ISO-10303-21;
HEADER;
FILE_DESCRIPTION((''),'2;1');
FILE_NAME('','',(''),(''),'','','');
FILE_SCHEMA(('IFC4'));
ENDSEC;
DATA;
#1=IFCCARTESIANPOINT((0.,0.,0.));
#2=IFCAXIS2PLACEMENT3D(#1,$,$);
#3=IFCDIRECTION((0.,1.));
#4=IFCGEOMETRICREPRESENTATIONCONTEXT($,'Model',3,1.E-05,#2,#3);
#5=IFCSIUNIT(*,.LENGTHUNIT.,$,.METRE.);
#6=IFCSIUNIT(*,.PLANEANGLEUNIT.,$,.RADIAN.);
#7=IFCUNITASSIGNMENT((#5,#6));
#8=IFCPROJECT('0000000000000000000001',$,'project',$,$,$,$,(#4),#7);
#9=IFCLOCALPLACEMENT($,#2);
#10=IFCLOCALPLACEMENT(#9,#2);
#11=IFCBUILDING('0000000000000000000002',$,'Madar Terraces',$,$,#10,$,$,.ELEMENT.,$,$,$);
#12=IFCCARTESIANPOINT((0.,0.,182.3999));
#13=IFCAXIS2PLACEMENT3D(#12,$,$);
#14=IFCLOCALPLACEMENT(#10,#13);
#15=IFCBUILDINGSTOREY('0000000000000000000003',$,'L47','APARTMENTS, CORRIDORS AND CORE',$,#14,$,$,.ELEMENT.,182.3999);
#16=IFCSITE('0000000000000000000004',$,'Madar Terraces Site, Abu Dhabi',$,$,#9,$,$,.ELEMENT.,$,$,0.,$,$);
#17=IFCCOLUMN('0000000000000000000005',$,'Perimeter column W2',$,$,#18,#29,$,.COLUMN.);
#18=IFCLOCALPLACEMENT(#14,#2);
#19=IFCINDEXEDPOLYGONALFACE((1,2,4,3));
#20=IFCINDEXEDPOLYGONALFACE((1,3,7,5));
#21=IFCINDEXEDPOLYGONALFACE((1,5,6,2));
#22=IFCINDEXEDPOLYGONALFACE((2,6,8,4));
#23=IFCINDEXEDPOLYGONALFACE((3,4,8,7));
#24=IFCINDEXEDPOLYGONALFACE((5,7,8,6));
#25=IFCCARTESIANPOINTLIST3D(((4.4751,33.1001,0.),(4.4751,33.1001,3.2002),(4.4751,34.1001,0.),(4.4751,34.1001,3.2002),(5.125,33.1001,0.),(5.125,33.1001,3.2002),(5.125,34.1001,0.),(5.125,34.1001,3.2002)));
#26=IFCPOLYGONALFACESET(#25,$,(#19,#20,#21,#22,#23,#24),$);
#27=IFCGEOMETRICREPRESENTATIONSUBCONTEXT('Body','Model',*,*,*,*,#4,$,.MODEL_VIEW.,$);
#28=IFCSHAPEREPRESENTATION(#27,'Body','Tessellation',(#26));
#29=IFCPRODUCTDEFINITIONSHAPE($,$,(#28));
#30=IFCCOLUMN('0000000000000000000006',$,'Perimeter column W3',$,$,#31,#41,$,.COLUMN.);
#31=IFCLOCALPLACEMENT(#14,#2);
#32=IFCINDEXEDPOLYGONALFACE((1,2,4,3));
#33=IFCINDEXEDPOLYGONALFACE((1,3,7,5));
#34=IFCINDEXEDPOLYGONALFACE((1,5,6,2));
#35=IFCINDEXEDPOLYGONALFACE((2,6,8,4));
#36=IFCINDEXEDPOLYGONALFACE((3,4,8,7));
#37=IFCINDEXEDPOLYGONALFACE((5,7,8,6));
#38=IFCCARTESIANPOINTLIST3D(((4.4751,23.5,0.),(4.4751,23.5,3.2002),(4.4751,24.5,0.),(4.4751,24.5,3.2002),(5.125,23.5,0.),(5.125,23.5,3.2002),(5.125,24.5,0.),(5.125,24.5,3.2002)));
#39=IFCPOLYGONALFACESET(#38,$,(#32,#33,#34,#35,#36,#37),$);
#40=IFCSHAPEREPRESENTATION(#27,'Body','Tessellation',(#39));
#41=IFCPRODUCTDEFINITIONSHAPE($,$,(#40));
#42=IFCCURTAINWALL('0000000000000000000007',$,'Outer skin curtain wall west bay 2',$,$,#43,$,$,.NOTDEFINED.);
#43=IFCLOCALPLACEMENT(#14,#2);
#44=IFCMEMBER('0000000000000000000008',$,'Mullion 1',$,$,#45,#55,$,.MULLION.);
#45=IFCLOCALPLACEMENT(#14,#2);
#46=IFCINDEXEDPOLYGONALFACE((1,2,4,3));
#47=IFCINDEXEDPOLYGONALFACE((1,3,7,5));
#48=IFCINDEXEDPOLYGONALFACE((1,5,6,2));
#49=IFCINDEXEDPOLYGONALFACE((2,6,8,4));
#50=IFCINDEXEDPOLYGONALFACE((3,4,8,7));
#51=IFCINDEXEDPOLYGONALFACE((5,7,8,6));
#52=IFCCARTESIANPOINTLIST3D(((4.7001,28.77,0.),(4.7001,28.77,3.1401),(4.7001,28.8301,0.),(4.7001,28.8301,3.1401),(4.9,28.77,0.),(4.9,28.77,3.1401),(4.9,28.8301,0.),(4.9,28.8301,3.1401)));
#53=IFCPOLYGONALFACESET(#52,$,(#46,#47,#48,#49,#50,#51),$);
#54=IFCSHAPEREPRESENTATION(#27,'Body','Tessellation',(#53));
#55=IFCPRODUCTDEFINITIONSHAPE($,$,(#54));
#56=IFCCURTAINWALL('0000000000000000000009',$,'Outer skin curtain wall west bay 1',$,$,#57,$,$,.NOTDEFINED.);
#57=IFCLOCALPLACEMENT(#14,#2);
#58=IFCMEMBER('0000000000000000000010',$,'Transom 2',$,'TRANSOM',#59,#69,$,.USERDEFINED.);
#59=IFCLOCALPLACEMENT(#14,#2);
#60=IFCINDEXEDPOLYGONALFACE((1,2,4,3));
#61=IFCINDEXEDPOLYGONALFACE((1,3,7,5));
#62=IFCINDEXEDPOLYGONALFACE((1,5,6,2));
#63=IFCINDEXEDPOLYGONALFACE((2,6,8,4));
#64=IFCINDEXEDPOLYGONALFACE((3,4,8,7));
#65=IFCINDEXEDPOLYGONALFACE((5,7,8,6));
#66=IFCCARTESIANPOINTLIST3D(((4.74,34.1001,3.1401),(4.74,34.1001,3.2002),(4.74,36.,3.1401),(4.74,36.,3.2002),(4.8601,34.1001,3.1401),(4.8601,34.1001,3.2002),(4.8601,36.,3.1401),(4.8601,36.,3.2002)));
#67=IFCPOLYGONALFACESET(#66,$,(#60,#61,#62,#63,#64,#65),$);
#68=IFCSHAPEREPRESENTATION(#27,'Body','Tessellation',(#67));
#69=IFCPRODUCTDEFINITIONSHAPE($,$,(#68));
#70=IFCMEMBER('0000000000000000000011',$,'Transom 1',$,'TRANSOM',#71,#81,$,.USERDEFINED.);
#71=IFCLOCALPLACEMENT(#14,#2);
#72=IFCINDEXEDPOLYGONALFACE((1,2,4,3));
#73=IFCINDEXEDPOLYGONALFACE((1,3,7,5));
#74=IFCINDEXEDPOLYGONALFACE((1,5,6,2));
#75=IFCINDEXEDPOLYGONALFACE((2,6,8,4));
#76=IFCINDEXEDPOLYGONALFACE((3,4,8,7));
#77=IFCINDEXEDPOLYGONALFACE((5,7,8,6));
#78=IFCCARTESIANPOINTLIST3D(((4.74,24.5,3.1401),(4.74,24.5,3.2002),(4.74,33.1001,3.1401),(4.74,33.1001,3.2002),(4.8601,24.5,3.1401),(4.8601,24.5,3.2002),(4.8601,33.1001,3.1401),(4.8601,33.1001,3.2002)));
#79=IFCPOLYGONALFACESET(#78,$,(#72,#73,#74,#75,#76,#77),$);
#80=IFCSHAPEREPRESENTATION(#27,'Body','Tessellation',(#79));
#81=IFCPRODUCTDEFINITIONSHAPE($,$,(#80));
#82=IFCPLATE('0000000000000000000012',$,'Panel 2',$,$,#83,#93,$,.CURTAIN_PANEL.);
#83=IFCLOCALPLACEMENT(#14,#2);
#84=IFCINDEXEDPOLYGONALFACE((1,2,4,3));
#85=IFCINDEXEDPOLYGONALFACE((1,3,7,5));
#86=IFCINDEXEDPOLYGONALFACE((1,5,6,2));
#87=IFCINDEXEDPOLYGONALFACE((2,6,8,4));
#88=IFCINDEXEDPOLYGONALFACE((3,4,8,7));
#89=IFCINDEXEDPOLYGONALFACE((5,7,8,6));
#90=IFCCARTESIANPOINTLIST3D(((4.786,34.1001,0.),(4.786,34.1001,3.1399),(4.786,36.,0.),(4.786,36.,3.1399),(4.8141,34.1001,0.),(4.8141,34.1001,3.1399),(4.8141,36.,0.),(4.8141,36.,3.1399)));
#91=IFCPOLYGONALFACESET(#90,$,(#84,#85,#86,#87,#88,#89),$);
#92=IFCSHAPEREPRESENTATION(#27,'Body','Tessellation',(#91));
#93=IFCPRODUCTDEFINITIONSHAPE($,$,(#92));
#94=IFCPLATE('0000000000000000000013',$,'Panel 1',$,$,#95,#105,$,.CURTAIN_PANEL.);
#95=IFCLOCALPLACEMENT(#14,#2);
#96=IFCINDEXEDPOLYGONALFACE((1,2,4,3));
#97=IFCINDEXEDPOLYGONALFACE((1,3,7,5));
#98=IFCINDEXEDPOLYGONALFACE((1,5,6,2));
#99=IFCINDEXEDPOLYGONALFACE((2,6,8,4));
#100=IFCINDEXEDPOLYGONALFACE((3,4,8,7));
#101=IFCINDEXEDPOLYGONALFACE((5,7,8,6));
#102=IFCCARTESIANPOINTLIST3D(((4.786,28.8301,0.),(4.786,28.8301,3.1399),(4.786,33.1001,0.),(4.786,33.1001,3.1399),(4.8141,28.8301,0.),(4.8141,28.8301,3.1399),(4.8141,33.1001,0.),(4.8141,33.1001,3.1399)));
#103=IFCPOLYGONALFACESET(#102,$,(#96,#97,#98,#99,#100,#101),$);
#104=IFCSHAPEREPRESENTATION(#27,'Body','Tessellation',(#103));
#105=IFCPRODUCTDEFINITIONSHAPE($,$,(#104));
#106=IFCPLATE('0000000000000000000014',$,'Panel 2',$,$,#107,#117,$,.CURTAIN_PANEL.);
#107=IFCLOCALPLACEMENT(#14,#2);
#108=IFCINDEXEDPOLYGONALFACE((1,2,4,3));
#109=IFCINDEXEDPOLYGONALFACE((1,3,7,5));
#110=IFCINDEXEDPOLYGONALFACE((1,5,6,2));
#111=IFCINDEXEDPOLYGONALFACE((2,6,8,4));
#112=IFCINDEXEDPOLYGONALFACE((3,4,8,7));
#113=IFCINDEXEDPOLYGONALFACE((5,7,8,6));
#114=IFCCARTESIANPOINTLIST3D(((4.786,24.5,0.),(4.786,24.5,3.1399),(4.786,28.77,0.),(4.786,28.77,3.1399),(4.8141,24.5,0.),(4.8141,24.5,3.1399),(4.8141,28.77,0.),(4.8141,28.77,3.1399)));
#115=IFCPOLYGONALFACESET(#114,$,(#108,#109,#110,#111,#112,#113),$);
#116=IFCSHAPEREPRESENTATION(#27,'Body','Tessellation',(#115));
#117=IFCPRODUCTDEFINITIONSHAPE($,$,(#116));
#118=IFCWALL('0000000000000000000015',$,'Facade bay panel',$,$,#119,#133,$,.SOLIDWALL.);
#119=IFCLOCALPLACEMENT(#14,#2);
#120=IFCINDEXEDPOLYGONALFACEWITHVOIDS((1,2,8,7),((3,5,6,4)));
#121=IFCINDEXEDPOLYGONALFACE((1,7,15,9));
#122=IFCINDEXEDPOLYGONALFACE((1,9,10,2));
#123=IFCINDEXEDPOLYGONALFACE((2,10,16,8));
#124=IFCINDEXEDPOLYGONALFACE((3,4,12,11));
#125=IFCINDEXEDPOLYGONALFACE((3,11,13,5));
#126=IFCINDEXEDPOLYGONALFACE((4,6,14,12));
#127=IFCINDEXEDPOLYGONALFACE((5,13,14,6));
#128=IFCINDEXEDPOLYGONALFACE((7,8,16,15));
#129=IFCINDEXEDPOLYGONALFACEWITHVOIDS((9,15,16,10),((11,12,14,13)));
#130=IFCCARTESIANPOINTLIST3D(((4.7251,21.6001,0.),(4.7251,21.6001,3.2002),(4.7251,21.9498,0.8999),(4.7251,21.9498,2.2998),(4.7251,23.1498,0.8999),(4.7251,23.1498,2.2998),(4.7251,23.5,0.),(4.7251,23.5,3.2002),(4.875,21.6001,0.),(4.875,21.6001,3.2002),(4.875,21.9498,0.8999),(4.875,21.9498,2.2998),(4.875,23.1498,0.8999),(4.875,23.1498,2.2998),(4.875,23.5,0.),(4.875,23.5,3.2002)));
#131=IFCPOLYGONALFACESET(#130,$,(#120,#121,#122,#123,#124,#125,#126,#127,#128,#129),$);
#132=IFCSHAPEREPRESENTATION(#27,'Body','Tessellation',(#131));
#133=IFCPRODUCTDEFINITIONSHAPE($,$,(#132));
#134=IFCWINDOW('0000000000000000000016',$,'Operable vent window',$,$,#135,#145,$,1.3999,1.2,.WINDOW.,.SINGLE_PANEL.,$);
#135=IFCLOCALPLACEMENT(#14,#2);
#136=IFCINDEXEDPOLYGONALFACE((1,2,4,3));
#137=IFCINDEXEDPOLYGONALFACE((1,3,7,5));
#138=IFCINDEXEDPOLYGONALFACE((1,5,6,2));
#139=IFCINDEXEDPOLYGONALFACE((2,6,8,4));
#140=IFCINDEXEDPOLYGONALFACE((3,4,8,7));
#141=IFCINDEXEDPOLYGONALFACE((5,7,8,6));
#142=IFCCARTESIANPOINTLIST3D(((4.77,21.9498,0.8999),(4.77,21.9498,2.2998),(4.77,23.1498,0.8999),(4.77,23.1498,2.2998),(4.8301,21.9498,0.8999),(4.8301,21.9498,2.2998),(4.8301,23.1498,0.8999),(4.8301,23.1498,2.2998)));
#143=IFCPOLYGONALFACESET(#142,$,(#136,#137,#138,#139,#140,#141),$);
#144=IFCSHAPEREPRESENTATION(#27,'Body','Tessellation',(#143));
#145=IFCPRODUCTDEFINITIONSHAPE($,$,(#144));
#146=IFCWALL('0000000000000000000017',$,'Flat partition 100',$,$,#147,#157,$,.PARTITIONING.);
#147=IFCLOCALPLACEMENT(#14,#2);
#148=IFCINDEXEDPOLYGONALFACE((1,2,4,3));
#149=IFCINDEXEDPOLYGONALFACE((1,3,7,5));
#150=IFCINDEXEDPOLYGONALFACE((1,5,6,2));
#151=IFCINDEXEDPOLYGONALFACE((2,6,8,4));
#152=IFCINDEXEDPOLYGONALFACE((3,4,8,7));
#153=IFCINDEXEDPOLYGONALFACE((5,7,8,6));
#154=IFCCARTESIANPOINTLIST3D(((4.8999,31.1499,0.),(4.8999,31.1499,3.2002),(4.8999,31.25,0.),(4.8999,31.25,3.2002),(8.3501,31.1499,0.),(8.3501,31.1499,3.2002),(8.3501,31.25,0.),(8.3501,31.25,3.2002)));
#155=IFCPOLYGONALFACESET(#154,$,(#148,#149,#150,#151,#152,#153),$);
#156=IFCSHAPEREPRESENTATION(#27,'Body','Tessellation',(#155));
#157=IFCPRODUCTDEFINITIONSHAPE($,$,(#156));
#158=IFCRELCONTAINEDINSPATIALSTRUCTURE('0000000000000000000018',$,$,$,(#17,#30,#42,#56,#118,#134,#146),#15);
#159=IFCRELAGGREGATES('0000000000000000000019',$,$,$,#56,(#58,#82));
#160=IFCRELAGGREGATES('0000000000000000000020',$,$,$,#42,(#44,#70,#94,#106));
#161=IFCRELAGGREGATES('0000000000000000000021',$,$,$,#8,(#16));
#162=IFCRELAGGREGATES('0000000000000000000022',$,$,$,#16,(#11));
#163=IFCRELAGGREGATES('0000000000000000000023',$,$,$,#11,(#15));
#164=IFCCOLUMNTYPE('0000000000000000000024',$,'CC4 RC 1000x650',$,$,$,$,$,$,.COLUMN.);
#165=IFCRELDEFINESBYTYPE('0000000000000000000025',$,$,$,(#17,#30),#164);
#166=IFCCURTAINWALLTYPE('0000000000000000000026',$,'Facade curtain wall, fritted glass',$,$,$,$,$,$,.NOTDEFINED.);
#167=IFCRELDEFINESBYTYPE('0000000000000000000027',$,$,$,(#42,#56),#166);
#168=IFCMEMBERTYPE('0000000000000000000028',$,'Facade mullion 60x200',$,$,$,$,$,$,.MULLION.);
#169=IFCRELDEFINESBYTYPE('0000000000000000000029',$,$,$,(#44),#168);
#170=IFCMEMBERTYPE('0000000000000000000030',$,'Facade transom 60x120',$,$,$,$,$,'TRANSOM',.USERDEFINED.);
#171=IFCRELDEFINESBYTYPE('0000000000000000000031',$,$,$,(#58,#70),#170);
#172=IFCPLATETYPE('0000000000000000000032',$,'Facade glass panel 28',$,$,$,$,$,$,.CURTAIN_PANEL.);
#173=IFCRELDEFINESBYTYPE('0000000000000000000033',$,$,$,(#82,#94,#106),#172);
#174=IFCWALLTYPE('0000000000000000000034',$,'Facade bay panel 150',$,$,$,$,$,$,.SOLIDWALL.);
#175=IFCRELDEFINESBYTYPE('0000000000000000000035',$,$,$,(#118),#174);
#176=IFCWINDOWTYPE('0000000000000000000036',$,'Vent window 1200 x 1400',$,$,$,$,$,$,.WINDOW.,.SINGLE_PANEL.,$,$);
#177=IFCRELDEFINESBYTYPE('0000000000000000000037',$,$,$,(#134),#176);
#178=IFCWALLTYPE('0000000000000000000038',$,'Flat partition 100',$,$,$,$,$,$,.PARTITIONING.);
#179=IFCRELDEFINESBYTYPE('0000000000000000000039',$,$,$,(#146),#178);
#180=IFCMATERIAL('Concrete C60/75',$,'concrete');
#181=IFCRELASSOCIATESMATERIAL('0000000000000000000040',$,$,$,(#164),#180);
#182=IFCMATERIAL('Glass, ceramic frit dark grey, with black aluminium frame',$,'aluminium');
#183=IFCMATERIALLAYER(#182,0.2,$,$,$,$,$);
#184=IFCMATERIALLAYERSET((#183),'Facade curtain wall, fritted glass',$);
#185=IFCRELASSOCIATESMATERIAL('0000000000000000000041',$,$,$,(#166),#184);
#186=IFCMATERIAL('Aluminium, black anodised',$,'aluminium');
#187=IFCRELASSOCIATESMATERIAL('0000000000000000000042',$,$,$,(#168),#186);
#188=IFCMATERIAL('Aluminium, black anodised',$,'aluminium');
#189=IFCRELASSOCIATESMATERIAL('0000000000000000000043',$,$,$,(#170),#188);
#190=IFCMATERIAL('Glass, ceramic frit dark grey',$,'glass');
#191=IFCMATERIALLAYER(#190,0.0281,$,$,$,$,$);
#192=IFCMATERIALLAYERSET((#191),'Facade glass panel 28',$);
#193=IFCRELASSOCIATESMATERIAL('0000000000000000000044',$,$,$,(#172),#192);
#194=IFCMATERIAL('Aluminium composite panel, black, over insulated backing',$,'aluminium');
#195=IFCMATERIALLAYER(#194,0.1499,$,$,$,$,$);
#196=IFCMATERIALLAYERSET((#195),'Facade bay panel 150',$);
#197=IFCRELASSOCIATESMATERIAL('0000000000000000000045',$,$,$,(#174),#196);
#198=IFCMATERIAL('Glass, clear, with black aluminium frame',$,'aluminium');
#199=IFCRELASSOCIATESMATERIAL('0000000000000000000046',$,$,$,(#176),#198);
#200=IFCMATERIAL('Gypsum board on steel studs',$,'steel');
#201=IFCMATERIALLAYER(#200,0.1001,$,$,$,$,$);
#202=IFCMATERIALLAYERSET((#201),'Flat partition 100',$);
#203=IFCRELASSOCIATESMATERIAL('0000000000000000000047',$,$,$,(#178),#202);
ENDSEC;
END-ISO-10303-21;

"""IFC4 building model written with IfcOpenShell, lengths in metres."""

from ifc_helpers import new_model, si_unit, direction, frame, frame_2d, origin, origin_2d, place, context, subcontext, project, spatial, rectangle, extrude, material, layer, layer_set, material_profile, profile_set, type_object, element, fill, aggregate, save


model = new_model("IFC4")

# Units and contexts
model_context = context("Model", 3, precision=1e-05, world=origin(), true_north=direction((0.0, 1.0)))
body_context = subcontext(model_context, "Body", "Model", "MODEL_VIEW")
ifc_project = project(units=[si_unit("LENGTHUNIT", "METRE"), si_unit("PLANEANGLEUNIT", "RADIAN")], contexts=[model_context])

# Site, building, storey
site_placement = place(None, origin())
site = spatial("IfcSite", under=ifc_project, at=site_placement, Name="Madar Terraces Site, Abu Dhabi", CompositionType="ELEMENT", RefElevation=0.0)
building_placement = place(site_placement, origin())
building = spatial("IfcBuilding", under=site, at=building_placement, Name="Madar Terraces", CompositionType="ELEMENT")
storey_placement = place(building_placement, frame((0.0, 0.0, 182.3999)))
storey = spatial("IfcBuildingStorey", under=building, at=storey_placement, Name="L47", Description="APARTMENTS, CORRIDORS AND CORE", CompositionType="ELEMENT", Elevation=182.3999)

# Columns
ifc_material_1 = material(Name="Concrete C60/75", Category="concrete")
ifc_material_profile_1 = material_profile(ifc_material_1, rectangle(XDim=1.0, YDim=0.6499, at=origin_2d()), Name="CC4 RC 1000x650")
ifc_profile_set_1 = profile_set([ifc_material_profile_1], Name="Concrete C60/75")
column_type = type_object("IfcColumnType", Name="CC4 RC 1000x650", PredefinedType="COLUMN", material=ifc_profile_set_1)
for number, where, z_axis, x_axis, name in (
    (1, (4.8, 33.6001, 0.0), (0.0, 0.0, 1.0), (0.0, 1.0, 0.0), "Perimeter column W2"),
    (2, (4.8, 24.0, 0.0), (0.0, 0.0, 1.0), (0.0, 1.0, 0.0), "Perimeter column W3"),
):
    element("IfcColumn", number, at=place(storey_placement, frame(where, z_axis=z_axis, x_axis=x_axis)), inside=storey, type_object=column_type, Name=name, PredefinedType="COLUMN", context=body_context, shape_type="SweptSolid", body=[
        extrude(rectangle(XDim=1.0, YDim=0.6499, at=origin_2d()), origin(), (0.0, 0.0, 1.0), 3.2002),
    ])

# Curtain walls, members
ifc_material_2 = material(Name="Glass, ceramic frit dark grey, with black aluminium frame", Category="aluminium")
ifc_layer_1 = layer(ifc_material_2, 0.2)
ifc_layer_set_1 = layer_set([ifc_layer_1], Name="Facade curtain wall, fritted glass")
curtain_wall_type = type_object("IfcCurtainWallType", Name="Facade curtain wall, fritted glass", PredefinedType="NOTDEFINED", material=ifc_layer_set_1)
curtain_wall_1_placement = place(storey_placement, origin())
curtain_wall_1 = element("IfcCurtainWall", 3, at=curtain_wall_1_placement, inside=storey, type_object=curtain_wall_type, Name="Outer skin curtain wall west bay 2", PredefinedType="NOTDEFINED")
ifc_material_3 = material(Name="Aluminium, black anodised", Category="aluminium")
ifc_material_profile_2 = material_profile(ifc_material_3, rectangle(XDim=0.2, YDim=0.0601, at=origin_2d()), Name="Facade mullion 60x200")
ifc_profile_set_2 = profile_set([ifc_material_profile_2], Name="Aluminium, black anodised")
member_type_1 = type_object("IfcMemberType", Name="Facade mullion 60x200", PredefinedType="MULLION", material=ifc_profile_set_2)
member_1_placement = place(storey_placement, frame((4.8, 28.8, 0.0), z_axis=(0.0, 0.0, 1.0), x_axis=(1.0, 0.0, 0.0)))
member_1 = element("IfcMember", 4, at=member_1_placement, type_object=member_type_1, Name="Mullion 1", PredefinedType="MULLION", context=body_context, shape_type="SweptSolid", body=[
    extrude(rectangle(XDim=0.2, YDim=0.0601, at=origin_2d()), origin(), (0.0, 0.0, 1.0), 3.1401),
])
curtain_wall_2_placement = place(storey_placement, origin())
curtain_wall_2 = element("IfcCurtainWall", 5, at=curtain_wall_2_placement, inside=storey, type_object=curtain_wall_type, Name="Outer skin curtain wall west bay 1", PredefinedType="NOTDEFINED")
ifc_material_4 = material(Name="Aluminium, black anodised", Category="aluminium")
ifc_material_profile_3 = material_profile(ifc_material_4, rectangle(XDim=0.1201, YDim=0.0601, at=origin_2d()), Name="Facade transom 60x120")
ifc_profile_set_3 = profile_set([ifc_material_profile_3], Name="Aluminium, black anodised")
member_type_2 = type_object("IfcMemberType", Name="Facade transom 60x120", ElementType="TRANSOM", PredefinedType="USERDEFINED", material=ifc_profile_set_3)
member_2_placement = place(storey_placement, frame((4.8, 36.0, 3.1702), z_axis=(0.0, -1.0, 0.0), x_axis=(1.0, 0.0, 0.0)))
member_2 = element("IfcMember", 6, at=member_2_placement, type_object=member_type_2, Name="Transom 2", ObjectType="TRANSOM", PredefinedType="USERDEFINED", context=body_context, shape_type="SweptSolid", body=[
    extrude(rectangle(XDim=0.1201, YDim=0.0601, at=origin_2d()), origin(), (0.0, 0.0, 1.0), 1.8999),
])

# Member
member_3_placement = place(storey_placement, frame((4.8, 33.1001, 3.1702), z_axis=(0.0, -1.0, 0.0), x_axis=(1.0, 0.0, 0.0)))
member_3 = element("IfcMember", 7, at=member_3_placement, type_object=member_type_2, Name="Transom 1", ObjectType="TRANSOM", PredefinedType="USERDEFINED", context=body_context, shape_type="SweptSolid", body=[
    extrude(rectangle(XDim=0.1201, YDim=0.0601, at=origin_2d()), origin(), (0.0, 0.0, 1.0), 8.6001),
])

# Plates
ifc_material_5 = material(Name="Glass, ceramic frit dark grey", Category="glass")
ifc_layer_2 = layer(ifc_material_5, 0.0281)
ifc_layer_set_2 = layer_set([ifc_layer_2], Name="Facade glass panel 28")
plate_type = type_object("IfcPlateType", Name="Facade glass panel 28", PredefinedType="CURTAIN_PANEL", material=ifc_layer_set_2)
plate_1_placement = place(storey_placement, frame((4.8, 35.05, 0.0), z_axis=(0.0, 0.0, 1.0), x_axis=(0.0, -1.0, 0.0)))
plate_1 = element("IfcPlate", 8, at=plate_1_placement, type_object=plate_type, Name="Panel 2", PredefinedType="CURTAIN_PANEL", context=body_context, shape_type="SweptSolid", body=[
    extrude(rectangle(XDim=1.8999, YDim=0.0281, at=origin_2d()), origin(), (0.0, 0.0, 1.0), 3.1399),
])
aggregate(curtain_wall_2, [member_2, plate_1])
plate_2_placement = place(storey_placement, frame((4.8, 30.9651, 0.0), z_axis=(0.0, 0.0, 1.0), x_axis=(0.0, -1.0, 0.0)))
plate_2 = element("IfcPlate", 9, at=plate_2_placement, type_object=plate_type, Name="Panel 1", PredefinedType="CURTAIN_PANEL", context=body_context, shape_type="SweptSolid", body=[
    extrude(rectangle(XDim=4.27, YDim=0.0281, at=origin_2d()), origin(), (0.0, 0.0, 1.0), 3.1399),
])
plate_3_placement = place(storey_placement, frame((4.8, 26.635, 0.0), z_axis=(0.0, 0.0, 1.0), x_axis=(0.0, -1.0, 0.0)))
plate_3 = element("IfcPlate", 10, at=plate_3_placement, type_object=plate_type, Name="Panel 2", PredefinedType="CURTAIN_PANEL", context=body_context, shape_type="SweptSolid", body=[
    extrude(rectangle(XDim=4.27, YDim=0.0281, at=origin_2d()), origin(), (0.0, 0.0, 1.0), 3.1399),
])
aggregate(curtain_wall_1, [member_1, member_3, plate_2, plate_3])

# Shared definitions
ifc_material_6 = material(Name="Aluminium composite panel, black, over insulated backing", Category="aluminium")
ifc_layer_3 = layer(ifc_material_6, 0.1499)
ifc_layer_set_3 = layer_set([ifc_layer_3], Name="Facade bay panel 150")
wall_type_1 = type_object("IfcWallType", Name="Facade bay panel 150", PredefinedType="SOLIDWALL", material=ifc_layer_set_3)

# Wall, opening, window
wall_1_placement = place(storey_placement, frame((4.8, 23.5, 0.0), z_axis=(0.0, 0.0, 1.0), x_axis=(0.0, -1.0, 0.0)))
wall_1 = element("IfcWall", 11, at=wall_1_placement, inside=storey, type_object=wall_type_1, Name="Facade bay panel", PredefinedType="SOLIDWALL", context=body_context, shape_type="SweptSolid", body=[
    extrude(rectangle(XDim=1.8999, YDim=0.1499, at=frame_2d((0.95, 0.0))), origin(), (0.0, 0.0, 1.0), 3.2002),
])
opening_1_placement = place(wall_1_placement, frame((0.3501, 0.0, 0.8999)))
opening_1 = element("IfcOpeningElement", 12, at=opening_1_placement, cuts=wall_1, PredefinedType="OPENING", context=body_context, shape_type="SweptSolid", body=[
    extrude(rectangle(XDim=1.2, YDim=1.3999, at=frame_2d((0.6001, 0.7))), frame((0.0, 0.085, 0.0), z_axis=(0.0, -1.0, 0.0), x_axis=(1.0, 0.0, 0.0)), (0.0, 0.0, 1.0), 0.1699),
])
ifc_material_7 = material(Name="Glass, clear, with black aluminium frame", Category="aluminium")
window_type = type_object("IfcWindowType", Name="Vent window 1200 x 1400", PartitioningType="SINGLE_PANEL", PredefinedType="WINDOW", material=ifc_material_7)
window_placement = place(opening_1_placement, origin())
window = element("IfcWindow", 13, at=window_placement, inside=storey, type_object=window_type, Name="Operable vent window", OverallHeight=1.3999, OverallWidth=1.2, PartitioningType="SINGLE_PANEL", PredefinedType="WINDOW", context=body_context, shape_type="SweptSolid", body=[
    extrude(rectangle(XDim=1.2, YDim=1.3999, at=frame_2d((0.6001, 0.7))), frame((0.0, 0.03, 0.0), z_axis=(0.0, -1.0, 0.0), x_axis=(1.0, 0.0, 0.0)), (0.0, 0.0, 1.0), 0.0601),
])
fill(opening_1, window)

# Wall
ifc_material_8 = material(Name="Gypsum board on steel studs", Category="steel")
ifc_layer_4 = layer(ifc_material_8, 0.1001)
ifc_layer_set_4 = layer_set([ifc_layer_4], Name="Flat partition 100")
wall_type_2 = type_object("IfcWallType", Name="Flat partition 100", PredefinedType="PARTITIONING", material=ifc_layer_set_4)
wall_2_placement = place(storey_placement, frame((8.3501, 31.2, 0.0), z_axis=(0.0, 0.0, 1.0), x_axis=(-1.0, 0.0, 0.0)))
element("IfcWall", 14, at=wall_2_placement, inside=storey, type_object=wall_type_2, Name="Flat partition 100", PredefinedType="PARTITIONING", context=body_context, shape_type="SweptSolid", body=[
    extrude(rectangle(XDim=3.4502, YDim=0.1001, at=frame_2d((1.7251, 0.0))), origin(), (0.0, 0.0, 1.0), 3.2002),
])

save(model, "model.ifc")
